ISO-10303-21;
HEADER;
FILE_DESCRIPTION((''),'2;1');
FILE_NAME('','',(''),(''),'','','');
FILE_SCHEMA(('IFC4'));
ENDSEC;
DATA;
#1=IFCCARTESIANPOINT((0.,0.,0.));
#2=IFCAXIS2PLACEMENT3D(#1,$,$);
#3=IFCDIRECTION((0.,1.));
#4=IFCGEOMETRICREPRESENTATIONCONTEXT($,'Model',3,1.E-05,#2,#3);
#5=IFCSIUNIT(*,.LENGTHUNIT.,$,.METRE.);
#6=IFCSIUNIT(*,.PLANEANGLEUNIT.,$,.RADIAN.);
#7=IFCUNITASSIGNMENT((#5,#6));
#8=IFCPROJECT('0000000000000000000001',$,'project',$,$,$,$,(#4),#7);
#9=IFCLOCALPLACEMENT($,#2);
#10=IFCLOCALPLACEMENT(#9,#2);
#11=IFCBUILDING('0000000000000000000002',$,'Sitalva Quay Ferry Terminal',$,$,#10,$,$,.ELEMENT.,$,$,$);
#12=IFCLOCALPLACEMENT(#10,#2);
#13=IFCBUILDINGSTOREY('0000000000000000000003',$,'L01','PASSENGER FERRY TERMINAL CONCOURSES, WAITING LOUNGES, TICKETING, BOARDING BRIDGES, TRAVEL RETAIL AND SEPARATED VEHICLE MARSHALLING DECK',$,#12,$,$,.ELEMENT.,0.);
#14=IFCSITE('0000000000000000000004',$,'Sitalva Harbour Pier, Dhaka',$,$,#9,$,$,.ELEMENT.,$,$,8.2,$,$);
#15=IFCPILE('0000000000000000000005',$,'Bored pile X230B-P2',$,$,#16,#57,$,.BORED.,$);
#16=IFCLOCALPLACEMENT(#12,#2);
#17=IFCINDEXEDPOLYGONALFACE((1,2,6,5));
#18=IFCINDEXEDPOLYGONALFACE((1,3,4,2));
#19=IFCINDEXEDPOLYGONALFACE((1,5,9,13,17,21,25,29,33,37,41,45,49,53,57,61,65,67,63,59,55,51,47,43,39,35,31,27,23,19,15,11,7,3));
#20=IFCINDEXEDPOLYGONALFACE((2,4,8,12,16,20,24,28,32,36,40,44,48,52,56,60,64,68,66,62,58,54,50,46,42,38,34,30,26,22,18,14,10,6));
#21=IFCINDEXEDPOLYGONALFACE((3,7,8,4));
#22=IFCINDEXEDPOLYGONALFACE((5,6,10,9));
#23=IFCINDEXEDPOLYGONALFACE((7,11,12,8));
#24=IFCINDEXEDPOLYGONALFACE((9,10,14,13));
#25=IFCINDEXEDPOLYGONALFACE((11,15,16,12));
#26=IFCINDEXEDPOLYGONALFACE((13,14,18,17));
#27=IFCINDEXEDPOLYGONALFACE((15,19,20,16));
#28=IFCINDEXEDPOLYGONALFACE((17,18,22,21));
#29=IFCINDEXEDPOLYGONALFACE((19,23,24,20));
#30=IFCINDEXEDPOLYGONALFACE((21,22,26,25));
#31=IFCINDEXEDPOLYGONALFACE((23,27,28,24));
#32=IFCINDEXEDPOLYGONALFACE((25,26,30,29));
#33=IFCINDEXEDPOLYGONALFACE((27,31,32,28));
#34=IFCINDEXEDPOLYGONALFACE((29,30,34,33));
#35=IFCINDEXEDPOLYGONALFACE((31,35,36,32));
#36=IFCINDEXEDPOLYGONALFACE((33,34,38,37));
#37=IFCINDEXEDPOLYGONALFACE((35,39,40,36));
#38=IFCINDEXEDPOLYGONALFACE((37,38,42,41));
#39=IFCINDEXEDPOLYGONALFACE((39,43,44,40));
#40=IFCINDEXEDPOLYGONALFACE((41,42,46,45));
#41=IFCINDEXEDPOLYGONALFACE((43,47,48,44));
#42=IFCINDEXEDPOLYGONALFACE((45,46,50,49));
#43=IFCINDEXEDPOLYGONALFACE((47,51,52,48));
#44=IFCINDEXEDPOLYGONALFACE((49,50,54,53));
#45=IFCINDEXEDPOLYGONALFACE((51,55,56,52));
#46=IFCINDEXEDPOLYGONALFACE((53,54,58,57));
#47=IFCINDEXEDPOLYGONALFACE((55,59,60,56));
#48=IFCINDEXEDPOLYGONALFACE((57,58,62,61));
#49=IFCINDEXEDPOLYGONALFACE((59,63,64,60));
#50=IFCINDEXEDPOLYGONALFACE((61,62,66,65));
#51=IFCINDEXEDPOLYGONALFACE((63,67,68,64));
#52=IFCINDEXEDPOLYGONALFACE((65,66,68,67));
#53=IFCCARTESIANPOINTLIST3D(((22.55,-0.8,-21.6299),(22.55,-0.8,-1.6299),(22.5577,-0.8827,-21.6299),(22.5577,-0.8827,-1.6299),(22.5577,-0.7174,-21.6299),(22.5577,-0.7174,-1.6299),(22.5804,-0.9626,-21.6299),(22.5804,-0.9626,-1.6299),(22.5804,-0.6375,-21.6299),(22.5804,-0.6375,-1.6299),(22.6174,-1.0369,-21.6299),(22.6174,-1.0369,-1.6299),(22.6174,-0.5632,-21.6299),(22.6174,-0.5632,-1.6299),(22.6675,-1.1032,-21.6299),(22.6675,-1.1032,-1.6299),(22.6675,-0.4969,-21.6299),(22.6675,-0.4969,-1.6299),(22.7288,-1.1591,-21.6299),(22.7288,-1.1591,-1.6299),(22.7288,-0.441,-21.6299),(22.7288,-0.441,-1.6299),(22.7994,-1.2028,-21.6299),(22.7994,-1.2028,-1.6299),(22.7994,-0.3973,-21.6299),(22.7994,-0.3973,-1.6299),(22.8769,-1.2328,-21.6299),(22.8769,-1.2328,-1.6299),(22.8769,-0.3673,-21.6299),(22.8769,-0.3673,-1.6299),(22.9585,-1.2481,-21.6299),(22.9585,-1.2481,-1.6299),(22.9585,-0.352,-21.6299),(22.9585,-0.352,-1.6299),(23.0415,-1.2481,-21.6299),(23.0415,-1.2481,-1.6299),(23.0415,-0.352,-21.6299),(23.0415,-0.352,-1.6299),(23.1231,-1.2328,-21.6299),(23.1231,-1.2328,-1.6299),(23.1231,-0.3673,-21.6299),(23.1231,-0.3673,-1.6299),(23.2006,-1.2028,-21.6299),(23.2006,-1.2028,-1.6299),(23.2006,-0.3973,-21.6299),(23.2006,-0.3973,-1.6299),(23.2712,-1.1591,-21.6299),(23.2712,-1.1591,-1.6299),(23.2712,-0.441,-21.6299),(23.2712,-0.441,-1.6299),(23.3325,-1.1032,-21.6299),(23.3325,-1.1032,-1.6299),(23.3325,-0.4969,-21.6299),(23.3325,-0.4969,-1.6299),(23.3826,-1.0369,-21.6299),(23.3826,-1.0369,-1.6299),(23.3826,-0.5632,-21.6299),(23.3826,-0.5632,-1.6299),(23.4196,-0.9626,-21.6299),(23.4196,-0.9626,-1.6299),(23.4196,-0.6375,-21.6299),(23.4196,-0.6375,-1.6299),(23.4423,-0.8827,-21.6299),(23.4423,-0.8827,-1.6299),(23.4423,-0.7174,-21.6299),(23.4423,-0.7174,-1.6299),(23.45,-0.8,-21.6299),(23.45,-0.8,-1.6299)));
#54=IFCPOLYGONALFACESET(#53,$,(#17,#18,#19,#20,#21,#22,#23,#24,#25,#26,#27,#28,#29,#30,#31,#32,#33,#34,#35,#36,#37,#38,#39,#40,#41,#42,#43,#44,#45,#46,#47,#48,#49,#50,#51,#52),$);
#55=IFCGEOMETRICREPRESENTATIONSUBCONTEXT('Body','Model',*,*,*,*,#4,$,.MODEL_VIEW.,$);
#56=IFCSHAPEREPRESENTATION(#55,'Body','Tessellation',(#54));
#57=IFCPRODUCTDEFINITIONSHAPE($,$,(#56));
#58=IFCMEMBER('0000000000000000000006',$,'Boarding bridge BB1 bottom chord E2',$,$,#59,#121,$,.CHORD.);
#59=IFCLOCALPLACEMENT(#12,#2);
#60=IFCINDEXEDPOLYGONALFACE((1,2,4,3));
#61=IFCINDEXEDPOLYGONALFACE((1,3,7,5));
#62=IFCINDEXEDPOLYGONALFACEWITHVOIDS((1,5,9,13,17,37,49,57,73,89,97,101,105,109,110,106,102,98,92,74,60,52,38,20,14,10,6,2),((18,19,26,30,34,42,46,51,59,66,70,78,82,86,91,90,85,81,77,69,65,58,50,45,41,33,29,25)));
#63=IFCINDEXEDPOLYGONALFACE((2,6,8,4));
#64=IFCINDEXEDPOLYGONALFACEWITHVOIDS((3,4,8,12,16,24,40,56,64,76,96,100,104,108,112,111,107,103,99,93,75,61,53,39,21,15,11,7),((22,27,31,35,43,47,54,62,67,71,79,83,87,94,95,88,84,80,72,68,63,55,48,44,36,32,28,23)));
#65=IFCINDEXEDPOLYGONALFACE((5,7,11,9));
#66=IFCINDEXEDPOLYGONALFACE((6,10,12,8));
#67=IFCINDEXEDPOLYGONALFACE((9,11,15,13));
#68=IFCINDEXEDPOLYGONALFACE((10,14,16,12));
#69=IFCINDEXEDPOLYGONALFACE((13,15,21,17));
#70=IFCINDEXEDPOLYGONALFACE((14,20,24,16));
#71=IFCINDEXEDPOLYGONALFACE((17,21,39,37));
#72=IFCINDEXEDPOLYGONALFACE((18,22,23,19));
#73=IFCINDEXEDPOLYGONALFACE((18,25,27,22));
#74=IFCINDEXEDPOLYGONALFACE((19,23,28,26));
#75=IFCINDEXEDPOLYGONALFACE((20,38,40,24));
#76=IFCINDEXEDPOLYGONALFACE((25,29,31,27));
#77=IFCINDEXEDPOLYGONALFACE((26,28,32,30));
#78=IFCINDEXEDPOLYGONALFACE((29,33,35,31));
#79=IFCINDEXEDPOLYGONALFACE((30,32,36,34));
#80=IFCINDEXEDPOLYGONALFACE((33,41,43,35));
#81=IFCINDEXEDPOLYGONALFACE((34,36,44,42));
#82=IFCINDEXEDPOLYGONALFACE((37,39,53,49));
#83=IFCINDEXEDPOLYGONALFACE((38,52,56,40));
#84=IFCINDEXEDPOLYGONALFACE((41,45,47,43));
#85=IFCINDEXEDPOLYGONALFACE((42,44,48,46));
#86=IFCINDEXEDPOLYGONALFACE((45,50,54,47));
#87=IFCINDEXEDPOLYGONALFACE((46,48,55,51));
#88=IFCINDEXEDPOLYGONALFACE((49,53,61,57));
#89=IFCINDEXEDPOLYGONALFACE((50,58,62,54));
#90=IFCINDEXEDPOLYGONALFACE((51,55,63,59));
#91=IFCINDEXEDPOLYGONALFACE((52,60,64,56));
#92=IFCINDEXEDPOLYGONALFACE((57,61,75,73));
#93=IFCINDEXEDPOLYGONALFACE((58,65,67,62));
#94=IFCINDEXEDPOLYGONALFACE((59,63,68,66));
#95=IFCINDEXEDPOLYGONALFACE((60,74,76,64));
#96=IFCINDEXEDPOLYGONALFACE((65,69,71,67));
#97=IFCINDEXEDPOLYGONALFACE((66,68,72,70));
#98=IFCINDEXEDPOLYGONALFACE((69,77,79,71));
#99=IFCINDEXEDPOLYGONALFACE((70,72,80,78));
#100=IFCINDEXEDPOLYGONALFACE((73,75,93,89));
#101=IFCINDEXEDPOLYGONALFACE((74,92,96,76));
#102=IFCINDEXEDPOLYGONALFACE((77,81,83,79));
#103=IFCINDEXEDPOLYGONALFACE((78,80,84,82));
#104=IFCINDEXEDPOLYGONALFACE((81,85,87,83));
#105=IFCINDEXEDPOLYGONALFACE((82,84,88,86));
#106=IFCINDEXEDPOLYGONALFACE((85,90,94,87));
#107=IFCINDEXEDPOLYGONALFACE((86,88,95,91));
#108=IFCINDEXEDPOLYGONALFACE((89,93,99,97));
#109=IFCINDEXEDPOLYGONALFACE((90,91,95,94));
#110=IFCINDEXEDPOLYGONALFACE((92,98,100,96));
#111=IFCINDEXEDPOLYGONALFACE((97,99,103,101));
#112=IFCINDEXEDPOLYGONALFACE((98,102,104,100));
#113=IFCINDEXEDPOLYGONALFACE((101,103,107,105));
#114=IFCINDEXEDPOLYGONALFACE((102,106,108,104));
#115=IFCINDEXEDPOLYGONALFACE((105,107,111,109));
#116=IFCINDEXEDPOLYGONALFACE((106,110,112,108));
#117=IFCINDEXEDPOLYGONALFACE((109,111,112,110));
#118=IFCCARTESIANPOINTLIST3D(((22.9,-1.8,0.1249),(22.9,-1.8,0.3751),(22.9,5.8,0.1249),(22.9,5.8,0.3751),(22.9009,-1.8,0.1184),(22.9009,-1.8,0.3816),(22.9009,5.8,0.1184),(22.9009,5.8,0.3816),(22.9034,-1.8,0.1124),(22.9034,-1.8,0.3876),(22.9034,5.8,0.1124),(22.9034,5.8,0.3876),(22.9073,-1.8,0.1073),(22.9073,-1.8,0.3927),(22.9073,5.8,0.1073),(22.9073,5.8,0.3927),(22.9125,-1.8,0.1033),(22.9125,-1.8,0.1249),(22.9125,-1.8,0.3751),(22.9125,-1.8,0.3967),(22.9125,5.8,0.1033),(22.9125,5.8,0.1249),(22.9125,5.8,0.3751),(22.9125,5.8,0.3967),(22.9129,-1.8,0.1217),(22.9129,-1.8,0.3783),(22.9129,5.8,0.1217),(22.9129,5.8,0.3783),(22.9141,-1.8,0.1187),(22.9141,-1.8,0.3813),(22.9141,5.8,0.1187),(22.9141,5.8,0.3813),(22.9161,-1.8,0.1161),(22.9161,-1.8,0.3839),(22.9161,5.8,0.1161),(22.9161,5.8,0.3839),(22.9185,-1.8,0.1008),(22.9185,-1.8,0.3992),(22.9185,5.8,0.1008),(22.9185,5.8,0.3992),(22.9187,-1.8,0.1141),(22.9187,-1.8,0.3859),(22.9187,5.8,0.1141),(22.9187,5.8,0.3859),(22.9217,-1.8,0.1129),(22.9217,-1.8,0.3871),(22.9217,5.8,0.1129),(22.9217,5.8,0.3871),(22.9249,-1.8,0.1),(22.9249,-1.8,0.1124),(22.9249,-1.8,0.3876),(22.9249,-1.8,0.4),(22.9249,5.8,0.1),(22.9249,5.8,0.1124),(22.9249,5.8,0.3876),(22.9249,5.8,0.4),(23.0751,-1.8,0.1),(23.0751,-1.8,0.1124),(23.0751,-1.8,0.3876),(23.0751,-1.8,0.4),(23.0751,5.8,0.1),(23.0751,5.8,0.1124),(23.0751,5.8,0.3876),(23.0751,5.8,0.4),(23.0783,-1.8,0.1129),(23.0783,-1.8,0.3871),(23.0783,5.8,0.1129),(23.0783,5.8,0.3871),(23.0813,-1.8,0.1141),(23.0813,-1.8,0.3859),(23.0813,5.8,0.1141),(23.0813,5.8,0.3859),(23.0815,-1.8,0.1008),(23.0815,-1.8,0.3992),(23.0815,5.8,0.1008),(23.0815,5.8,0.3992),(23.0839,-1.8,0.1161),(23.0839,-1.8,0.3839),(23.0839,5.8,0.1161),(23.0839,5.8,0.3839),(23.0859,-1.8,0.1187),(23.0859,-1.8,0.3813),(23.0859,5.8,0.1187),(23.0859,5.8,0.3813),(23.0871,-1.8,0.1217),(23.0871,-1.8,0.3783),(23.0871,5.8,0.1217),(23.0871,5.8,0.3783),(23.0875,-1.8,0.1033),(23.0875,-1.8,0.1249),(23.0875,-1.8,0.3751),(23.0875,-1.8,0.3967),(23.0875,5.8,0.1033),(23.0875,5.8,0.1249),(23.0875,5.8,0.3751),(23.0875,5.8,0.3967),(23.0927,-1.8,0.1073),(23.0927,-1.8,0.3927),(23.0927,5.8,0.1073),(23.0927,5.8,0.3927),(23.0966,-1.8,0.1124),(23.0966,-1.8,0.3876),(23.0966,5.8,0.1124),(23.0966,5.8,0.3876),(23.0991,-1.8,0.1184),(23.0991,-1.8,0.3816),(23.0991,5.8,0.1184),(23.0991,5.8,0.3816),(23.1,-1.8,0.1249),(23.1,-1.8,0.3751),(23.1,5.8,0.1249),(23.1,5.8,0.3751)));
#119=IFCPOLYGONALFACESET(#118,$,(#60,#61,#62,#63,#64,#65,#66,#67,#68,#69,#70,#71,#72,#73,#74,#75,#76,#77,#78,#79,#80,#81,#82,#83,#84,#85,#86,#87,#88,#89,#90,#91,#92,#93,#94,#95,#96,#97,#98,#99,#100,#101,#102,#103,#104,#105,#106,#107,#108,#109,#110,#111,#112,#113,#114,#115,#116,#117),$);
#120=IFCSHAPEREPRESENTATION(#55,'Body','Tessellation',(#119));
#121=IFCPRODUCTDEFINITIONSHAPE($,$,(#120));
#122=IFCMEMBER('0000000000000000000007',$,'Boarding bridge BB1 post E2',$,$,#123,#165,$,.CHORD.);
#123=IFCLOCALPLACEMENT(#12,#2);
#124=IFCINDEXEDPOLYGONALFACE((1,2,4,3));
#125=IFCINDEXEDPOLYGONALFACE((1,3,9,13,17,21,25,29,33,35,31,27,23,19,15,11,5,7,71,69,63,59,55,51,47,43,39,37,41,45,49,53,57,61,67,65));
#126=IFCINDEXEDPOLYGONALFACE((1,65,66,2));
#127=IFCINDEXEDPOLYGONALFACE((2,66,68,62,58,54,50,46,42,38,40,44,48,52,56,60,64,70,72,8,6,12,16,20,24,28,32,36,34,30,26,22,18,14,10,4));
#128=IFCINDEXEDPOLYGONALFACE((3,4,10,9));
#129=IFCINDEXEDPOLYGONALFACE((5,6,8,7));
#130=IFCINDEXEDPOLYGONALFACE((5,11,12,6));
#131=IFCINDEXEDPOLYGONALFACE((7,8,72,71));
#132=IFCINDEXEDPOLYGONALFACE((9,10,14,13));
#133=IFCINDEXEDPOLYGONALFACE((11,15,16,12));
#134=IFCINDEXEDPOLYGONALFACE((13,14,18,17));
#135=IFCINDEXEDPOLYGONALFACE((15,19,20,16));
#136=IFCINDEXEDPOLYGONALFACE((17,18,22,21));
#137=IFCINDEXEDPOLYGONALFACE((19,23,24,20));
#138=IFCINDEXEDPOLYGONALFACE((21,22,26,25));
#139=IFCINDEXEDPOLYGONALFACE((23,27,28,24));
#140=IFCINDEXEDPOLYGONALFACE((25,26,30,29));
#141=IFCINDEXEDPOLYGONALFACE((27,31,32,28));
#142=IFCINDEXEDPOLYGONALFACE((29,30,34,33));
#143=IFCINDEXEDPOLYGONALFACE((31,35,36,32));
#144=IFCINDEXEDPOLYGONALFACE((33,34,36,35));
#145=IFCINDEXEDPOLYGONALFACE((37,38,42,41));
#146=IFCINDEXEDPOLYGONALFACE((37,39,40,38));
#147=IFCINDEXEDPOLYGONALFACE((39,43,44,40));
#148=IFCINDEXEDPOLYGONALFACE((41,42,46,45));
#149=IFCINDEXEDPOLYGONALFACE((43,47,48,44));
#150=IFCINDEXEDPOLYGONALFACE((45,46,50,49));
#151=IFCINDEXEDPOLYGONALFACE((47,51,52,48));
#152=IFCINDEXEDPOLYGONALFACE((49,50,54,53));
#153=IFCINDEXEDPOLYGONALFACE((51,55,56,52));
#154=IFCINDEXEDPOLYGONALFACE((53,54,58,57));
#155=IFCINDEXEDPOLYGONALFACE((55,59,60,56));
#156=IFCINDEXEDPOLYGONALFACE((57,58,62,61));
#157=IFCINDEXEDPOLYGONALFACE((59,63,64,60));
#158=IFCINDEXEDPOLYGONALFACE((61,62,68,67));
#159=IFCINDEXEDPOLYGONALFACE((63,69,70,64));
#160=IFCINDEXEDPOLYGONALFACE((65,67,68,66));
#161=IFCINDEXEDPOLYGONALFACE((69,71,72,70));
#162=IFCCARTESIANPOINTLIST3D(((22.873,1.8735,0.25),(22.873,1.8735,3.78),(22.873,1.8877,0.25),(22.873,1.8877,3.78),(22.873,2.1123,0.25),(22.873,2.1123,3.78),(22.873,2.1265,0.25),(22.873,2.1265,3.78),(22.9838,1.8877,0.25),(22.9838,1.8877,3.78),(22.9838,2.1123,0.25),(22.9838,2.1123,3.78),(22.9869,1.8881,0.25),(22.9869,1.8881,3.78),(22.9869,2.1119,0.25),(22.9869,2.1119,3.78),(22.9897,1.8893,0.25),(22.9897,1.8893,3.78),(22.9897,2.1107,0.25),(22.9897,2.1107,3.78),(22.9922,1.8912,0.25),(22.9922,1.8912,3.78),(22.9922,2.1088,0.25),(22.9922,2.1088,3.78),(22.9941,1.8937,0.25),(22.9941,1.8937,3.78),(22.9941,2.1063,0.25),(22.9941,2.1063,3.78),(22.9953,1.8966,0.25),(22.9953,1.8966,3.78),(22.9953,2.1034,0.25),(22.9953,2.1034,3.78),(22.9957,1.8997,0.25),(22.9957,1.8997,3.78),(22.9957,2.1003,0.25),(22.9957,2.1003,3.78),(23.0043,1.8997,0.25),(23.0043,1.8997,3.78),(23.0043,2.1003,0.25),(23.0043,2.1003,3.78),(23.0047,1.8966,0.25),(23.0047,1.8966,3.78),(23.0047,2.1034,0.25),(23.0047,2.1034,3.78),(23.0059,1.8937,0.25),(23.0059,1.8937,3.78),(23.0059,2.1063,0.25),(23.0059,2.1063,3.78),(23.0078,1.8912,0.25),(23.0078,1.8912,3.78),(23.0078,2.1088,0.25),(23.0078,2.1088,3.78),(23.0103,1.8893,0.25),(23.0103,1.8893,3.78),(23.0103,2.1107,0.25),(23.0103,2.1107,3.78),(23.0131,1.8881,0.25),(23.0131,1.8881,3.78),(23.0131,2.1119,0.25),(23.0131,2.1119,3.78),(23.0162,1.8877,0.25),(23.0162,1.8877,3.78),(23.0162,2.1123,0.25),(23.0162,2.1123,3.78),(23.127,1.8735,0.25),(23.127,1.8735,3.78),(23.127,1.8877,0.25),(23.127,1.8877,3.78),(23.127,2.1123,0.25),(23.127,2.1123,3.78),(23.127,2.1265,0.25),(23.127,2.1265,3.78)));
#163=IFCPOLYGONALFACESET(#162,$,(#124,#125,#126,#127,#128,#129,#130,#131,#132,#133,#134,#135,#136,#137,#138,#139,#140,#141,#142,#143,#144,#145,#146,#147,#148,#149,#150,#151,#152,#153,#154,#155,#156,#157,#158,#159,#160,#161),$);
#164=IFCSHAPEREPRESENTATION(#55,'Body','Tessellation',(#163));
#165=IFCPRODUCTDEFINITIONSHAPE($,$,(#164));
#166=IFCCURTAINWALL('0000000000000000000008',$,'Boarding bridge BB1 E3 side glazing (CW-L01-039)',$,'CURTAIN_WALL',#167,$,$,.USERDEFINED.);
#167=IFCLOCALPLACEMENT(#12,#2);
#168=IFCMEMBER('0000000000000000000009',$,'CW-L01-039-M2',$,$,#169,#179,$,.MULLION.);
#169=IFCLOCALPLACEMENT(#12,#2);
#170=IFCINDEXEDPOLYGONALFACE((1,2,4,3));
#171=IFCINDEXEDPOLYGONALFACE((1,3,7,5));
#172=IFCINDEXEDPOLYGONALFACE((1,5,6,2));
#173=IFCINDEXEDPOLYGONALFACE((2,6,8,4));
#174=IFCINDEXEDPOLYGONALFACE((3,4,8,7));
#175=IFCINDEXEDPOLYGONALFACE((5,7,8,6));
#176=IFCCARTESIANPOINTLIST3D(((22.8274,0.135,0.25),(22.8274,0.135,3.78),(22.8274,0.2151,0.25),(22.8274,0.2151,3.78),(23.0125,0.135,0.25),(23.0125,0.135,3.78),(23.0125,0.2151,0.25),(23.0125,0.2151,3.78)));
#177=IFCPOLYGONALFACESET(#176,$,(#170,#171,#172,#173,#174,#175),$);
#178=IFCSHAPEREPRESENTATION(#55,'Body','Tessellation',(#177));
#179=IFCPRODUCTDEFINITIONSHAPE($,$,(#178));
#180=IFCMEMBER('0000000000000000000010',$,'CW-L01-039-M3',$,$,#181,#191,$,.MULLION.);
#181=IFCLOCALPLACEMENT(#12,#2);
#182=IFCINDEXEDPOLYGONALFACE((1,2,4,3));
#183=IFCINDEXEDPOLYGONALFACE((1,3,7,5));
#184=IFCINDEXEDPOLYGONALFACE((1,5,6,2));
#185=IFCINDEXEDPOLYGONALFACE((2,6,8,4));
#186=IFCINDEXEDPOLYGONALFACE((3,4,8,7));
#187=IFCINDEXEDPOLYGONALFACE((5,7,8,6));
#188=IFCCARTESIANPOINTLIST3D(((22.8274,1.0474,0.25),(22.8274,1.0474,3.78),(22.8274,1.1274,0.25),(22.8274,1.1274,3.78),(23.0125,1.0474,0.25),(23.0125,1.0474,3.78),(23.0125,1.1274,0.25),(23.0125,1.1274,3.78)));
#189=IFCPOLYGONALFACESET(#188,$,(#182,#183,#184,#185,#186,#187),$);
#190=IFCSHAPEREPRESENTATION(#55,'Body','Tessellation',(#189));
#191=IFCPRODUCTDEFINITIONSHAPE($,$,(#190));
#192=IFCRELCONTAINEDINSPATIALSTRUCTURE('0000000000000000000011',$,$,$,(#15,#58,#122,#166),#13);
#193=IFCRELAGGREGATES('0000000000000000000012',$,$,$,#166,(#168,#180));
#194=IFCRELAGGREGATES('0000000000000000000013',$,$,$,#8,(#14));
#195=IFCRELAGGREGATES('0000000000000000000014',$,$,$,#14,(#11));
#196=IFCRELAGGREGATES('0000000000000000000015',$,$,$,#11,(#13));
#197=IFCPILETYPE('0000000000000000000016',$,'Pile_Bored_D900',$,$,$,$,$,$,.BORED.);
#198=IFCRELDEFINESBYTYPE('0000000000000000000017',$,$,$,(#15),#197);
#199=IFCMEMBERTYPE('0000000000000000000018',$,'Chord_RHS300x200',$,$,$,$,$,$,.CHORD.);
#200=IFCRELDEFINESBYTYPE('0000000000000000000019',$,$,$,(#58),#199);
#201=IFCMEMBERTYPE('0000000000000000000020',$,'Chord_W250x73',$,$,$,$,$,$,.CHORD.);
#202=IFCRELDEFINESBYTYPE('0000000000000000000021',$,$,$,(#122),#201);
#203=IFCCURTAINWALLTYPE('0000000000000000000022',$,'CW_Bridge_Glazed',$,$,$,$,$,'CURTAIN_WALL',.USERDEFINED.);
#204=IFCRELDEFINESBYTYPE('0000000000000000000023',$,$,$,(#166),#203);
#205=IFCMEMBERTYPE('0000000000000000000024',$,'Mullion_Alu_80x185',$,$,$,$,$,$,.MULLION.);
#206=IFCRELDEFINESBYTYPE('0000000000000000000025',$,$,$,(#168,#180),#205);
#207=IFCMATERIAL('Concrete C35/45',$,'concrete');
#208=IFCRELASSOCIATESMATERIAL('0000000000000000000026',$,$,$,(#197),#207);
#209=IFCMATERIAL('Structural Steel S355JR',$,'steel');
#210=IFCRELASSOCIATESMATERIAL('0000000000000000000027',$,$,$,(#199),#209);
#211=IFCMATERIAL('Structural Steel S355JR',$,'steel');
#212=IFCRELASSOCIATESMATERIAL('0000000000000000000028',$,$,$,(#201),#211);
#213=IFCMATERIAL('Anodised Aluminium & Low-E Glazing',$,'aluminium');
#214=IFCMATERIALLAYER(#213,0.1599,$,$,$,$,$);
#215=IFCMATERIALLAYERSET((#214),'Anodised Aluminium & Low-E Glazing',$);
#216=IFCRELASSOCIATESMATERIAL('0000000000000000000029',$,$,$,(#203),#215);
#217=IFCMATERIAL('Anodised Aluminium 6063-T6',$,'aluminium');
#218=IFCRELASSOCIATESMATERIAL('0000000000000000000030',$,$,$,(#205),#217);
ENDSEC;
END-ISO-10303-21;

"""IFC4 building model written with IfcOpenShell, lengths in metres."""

from ifc_helpers import new_model, si_unit, direction, frame, origin, origin_2d, place, context, subcontext, project, spatial, rectangle, hollow_rectangle, circle, i_section, extrude, material, layer, layer_set, material_profile, profile_set, type_object, element, aggregate, save


model = new_model("IFC4")

# Units and contexts
model_context = context("Model", 3, precision=1e-05, world=origin(), true_north=direction((0.0, 1.0)))
body_context = subcontext(model_context, "Body", "Model", "MODEL_VIEW")
ifc_project = project(units=[si_unit("LENGTHUNIT", "METRE"), si_unit("PLANEANGLEUNIT", "RADIAN")], contexts=[model_context])

# Site, building, storey
site_placement = place(None, origin())
site = spatial("IfcSite", under=ifc_project, at=site_placement, Name="Sitalva Harbour Pier, Dhaka", CompositionType="ELEMENT", RefElevation=8.2)
building_placement = place(site_placement, origin())
building = spatial("IfcBuilding", under=site, at=building_placement, Name="Sitalva Quay Ferry Terminal", CompositionType="ELEMENT")
storey_placement = place(building_placement, origin())
storey = spatial("IfcBuildingStorey", under=building, at=storey_placement, Name="L01", Description="PASSENGER FERRY TERMINAL CONCOURSES, WAITING LOUNGES, TICKETING, BOARDING BRIDGES, TRAVEL RETAIL AND SEPARATED VEHICLE MARSHALLING DECK", CompositionType="ELEMENT", Elevation=0.0)

# Pile
ifc_material_1 = material(Name="Concrete C35/45", Category="concrete")
ifc_material_profile_1 = material_profile(ifc_material_1, circle(Radius=0.45, at=origin_2d()), Name="PILE-D900")
ifc_profile_set_1 = profile_set([ifc_material_profile_1], Name="Concrete C35/45")
pile_type = type_object("IfcPileType", Name="Pile_Bored_D900", PredefinedType="BORED", material=ifc_profile_set_1)
pile_placement = place(storey_placement, frame((23.0, -0.8, -1.6299), z_axis=(0.0, 0.0, -1.0), x_axis=(1.0, 0.0, 0.0)))
element("IfcPile", 1, at=pile_placement, inside=storey, type_object=pile_type, Name="Bored pile X230B-P2", PredefinedType="BORED", context=body_context, shape_type="SweptSolid", body=[
    extrude(circle(Radius=0.45, at=origin_2d()), origin(), (0.0, 0.0, 1.0), 20.0),
])

# Members
ifc_material_2 = material(Name="Structural Steel S355JR", Category="steel")
ifc_material_profile_2 = material_profile(ifc_material_2, hollow_rectangle(XDim=0.2, YDim=0.3, WallThickness=0.0125, InnerFilletRadius=0.0125, OuterFilletRadius=0.0249, at=origin_2d()), Name="RHS300x200x12.5")
ifc_profile_set_2 = profile_set([ifc_material_profile_2], Name="Structural Steel S355JR")
member_type_1 = type_object("IfcMemberType", Name="Chord_RHS300x200", PredefinedType="CHORD", material=ifc_profile_set_2)
member_1_placement = place(storey_placement, frame((23.0, -1.8, 0.25), z_axis=(0.0, 1.0, 0.0), x_axis=(-1.0, 0.0, 0.0)))
element("IfcMember", 2, at=member_1_placement, inside=storey, type_object=member_type_1, Name="Boarding bridge BB1 bottom chord E2", PredefinedType="CHORD", context=body_context, shape_type="SweptSolid", body=[
    extrude(hollow_rectangle(XDim=0.2, YDim=0.3, WallThickness=0.0125, InnerFilletRadius=0.0125, OuterFilletRadius=0.0249, at=origin_2d()), origin(), (0.0, 0.0, 1.0), 7.6001),
])
ifc_material_3 = material(Name="Structural Steel S355JR", Category="steel")
ifc_material_profile_3 = material_profile(ifc_material_3, i_section(OverallWidth=0.2539, OverallDepth=0.2529, WebThickness=0.0085, FlangeThickness=0.0142, FilletRadius=0.012, at=origin_2d()), Name="W250x73")
ifc_profile_set_3 = profile_set([ifc_material_profile_3], Name="Structural Steel S355JR")
member_type_2 = type_object("IfcMemberType", Name="Chord_W250x73", PredefinedType="CHORD", material=ifc_profile_set_3)
member_2_placement = place(storey_placement, frame((23.0, 2.0, 0.25), z_axis=(0.0, 0.0, 1.0), x_axis=(1.0, 0.0, 0.0)))
element("IfcMember", 3, at=member_2_placement, inside=storey, type_object=member_type_2, Name="Boarding bridge BB1 post E2", PredefinedType="CHORD", context=body_context, shape_type="SweptSolid", body=[
    extrude(i_section(OverallWidth=0.2539, OverallDepth=0.2529, WebThickness=0.0085, FlangeThickness=0.0142, FilletRadius=0.012, at=origin_2d()), origin(), (0.0, 0.0, 1.0), 3.53),
])

# Curtain wall, members
ifc_material_4 = material(Name="Anodised Aluminium & Low-E Glazing", Category="aluminium")
ifc_layer_1 = layer(ifc_material_4, 0.1599)
ifc_layer_set_1 = layer_set([ifc_layer_1], Name="Anodised Aluminium & Low-E Glazing")
curtain_wall_type = type_object("IfcCurtainWallType", Name="CW_Bridge_Glazed", ElementType="CURTAIN_WALL", PredefinedType="USERDEFINED", material=ifc_layer_set_1)
curtain_wall_1_placement = place(storey_placement, origin())
curtain_wall_1 = element("IfcCurtainWall", 4, at=curtain_wall_1_placement, inside=storey, type_object=curtain_wall_type, Name="Boarding bridge BB1 E3 side glazing (CW-L01-039)", ObjectType="CURTAIN_WALL", PredefinedType="USERDEFINED")
ifc_material_5 = material(Name="Anodised Aluminium 6063-T6", Category="aluminium")
ifc_material_profile_4 = material_profile(ifc_material_5, rectangle(XDim=0.0801, YDim=0.1851, at=origin_2d()), Name="ALU80x185")
ifc_profile_set_4 = profile_set([ifc_material_profile_4], Name="Anodised Aluminium 6063-T6")
member_type_3 = type_object("IfcMemberType", Name="Mullion_Alu_80x185", PredefinedType="MULLION", material=ifc_profile_set_4)
member_3_placement = place(storey_placement, frame((22.9199, 0.175, 0.25), z_axis=(0.0, 0.0, 1.0), x_axis=(0.0, 1.0, 0.0)))
member_3 = element("IfcMember", 5, at=member_3_placement, type_object=member_type_3, Name="CW-L01-039-M2", PredefinedType="MULLION", context=body_context, shape_type="SweptSolid", body=[
    extrude(rectangle(XDim=0.0801, YDim=0.1851, at=origin_2d()), origin(), (0.0, 0.0, 1.0), 3.53),
])
member_4_placement = place(storey_placement, frame((22.9199, 1.0874, 0.25), z_axis=(0.0, 0.0, 1.0), x_axis=(0.0, 1.0, 0.0)))
member_4 = element("IfcMember", 6, at=member_4_placement, type_object=member_type_3, Name="CW-L01-039-M3", PredefinedType="MULLION", context=body_context, shape_type="SweptSolid", body=[
    extrude(rectangle(XDim=0.0801, YDim=0.1851, at=origin_2d()), origin(), (0.0, 0.0, 1.0), 3.53),
])

aggregate(curtain_wall_1, [member_3, member_4])

save(model, "model.ifc")
